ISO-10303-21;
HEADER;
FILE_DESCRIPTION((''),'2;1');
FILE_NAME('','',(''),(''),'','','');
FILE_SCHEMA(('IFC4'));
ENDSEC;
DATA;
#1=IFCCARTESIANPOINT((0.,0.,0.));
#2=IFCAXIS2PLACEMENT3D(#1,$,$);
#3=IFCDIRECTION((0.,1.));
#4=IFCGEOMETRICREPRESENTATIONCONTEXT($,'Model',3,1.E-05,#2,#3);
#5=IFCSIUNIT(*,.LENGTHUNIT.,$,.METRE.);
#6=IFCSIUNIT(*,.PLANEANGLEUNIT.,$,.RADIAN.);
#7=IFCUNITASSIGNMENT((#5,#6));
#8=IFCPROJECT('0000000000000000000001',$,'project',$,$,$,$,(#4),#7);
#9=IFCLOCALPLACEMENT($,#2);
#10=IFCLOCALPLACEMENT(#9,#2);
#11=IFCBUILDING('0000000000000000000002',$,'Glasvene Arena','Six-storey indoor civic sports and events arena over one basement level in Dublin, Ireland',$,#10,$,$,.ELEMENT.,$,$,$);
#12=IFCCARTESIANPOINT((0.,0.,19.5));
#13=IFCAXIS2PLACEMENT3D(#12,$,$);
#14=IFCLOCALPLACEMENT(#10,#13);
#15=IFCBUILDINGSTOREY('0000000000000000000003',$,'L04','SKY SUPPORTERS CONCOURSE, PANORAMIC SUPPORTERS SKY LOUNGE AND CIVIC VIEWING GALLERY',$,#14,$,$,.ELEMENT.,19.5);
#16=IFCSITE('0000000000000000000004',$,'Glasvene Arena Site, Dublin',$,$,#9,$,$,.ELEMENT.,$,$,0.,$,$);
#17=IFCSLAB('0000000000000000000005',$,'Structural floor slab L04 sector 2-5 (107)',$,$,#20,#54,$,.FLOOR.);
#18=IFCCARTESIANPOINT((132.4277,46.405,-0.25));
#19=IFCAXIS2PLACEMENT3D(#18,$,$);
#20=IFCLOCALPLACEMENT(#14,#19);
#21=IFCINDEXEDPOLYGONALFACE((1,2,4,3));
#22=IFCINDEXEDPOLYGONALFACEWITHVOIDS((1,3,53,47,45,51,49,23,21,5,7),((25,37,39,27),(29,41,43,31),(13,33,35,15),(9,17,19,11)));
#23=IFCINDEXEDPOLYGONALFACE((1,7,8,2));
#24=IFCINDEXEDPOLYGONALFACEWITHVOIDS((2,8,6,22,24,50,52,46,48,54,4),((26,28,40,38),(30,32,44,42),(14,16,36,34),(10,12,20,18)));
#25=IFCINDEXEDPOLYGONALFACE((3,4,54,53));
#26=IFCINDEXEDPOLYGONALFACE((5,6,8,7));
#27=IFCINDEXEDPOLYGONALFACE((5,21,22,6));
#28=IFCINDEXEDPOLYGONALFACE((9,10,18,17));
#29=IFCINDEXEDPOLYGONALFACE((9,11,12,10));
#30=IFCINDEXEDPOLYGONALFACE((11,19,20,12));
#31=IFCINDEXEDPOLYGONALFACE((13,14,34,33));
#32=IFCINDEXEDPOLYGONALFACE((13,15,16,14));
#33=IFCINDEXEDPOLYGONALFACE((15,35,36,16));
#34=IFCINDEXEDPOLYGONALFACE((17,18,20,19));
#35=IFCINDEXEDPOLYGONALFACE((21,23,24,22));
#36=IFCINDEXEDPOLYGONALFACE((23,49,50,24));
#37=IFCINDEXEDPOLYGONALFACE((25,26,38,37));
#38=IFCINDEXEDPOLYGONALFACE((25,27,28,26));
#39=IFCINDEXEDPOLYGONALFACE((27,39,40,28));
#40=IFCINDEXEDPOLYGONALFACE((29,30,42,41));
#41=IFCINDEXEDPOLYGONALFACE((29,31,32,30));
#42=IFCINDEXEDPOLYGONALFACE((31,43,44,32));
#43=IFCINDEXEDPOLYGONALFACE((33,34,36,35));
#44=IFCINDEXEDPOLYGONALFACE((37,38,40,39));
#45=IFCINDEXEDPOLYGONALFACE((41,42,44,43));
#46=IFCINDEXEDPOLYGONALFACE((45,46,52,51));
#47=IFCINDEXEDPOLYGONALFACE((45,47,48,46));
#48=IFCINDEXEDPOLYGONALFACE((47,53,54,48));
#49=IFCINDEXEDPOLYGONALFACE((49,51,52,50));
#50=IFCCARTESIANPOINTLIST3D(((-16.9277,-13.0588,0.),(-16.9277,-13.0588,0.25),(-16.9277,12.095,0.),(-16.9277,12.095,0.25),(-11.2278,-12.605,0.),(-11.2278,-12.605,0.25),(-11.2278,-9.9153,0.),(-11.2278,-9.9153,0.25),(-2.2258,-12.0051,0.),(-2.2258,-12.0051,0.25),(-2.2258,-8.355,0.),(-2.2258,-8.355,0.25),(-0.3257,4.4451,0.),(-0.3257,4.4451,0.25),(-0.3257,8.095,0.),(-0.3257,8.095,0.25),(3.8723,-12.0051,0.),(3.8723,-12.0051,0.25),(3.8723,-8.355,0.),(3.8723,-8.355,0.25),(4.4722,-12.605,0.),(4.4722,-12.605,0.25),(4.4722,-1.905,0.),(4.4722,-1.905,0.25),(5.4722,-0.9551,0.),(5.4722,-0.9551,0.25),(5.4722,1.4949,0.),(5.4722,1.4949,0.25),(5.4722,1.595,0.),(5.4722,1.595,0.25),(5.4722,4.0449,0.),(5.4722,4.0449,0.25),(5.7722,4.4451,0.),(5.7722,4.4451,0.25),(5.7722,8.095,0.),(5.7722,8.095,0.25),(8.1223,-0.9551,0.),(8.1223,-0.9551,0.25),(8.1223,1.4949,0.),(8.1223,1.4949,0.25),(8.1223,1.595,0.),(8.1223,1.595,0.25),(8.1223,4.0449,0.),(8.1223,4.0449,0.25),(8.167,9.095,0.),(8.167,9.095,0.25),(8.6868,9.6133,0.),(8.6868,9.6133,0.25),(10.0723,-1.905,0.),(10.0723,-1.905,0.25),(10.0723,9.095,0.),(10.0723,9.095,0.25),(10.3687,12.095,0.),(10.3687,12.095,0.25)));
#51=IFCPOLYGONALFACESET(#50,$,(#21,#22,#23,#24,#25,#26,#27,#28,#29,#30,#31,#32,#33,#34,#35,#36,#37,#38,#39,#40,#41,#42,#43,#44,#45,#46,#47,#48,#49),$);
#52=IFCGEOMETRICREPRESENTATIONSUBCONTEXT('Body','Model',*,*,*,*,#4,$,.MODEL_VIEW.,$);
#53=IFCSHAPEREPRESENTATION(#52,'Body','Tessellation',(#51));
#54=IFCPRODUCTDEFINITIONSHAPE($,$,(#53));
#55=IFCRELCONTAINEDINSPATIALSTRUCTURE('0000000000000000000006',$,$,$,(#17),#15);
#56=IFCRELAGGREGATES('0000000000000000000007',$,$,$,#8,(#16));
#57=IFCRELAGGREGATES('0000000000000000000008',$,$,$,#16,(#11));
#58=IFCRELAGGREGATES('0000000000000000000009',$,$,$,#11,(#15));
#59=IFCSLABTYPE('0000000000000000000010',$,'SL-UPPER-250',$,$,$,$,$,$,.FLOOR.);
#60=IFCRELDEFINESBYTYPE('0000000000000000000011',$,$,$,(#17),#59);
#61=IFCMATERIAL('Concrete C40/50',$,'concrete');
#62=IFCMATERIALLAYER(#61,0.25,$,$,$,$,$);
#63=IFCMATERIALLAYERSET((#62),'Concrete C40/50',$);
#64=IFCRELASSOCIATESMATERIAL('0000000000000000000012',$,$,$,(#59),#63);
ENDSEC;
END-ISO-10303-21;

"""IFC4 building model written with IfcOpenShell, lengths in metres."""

from ifc_helpers import new_model, si_unit, direction, frame, origin, place, context, subcontext, project, spatial, polyline, outline, extrude, material, layer, layer_set, type_object, element, save


model = new_model("IFC4")

# Units and contexts
model_context = context("Model", 3, precision=1e-05, world=origin(), true_north=direction((0.0, 1.0)))
body_context = subcontext(model_context, "Body", "Model", "MODEL_VIEW")
ifc_project = project(units=[si_unit("LENGTHUNIT", "METRE"), si_unit("PLANEANGLEUNIT", "RADIAN")], contexts=[model_context])

# Site, building, storey
site_placement = place(None, origin())
site = spatial("IfcSite", under=ifc_project, at=site_placement, Name="Glasvene Arena Site, Dublin", CompositionType="ELEMENT", RefElevation=0.0)
building_placement = place(site_placement, origin())
building = spatial("IfcBuilding", under=site, at=building_placement, Name="Glasvene Arena", Description="Six-storey indoor civic sports and events arena over one basement level in Dublin, Ireland", CompositionType="ELEMENT")
storey_placement = place(building_placement, frame((0.0, 0.0, 19.5)))
storey = spatial("IfcBuildingStorey", under=building, at=storey_placement, Name="L04", Description="SKY SUPPORTERS CONCOURSE, PANORAMIC SUPPORTERS SKY LOUNGE AND CIVIC VIEWING GALLERY", CompositionType="ELEMENT", Elevation=19.5)

# Slab
ifc_material_1 = material(Name="Concrete C40/50", Category="concrete")
ifc_layer_1 = layer(ifc_material_1, 0.25)
ifc_layer_set_1 = layer_set([ifc_layer_1], Name="Concrete C40/50")
slab_type = type_object("IfcSlabType", Name="SL-UPPER-250", PredefinedType="FLOOR", material=ifc_layer_set_1)
slab_placement = place(storey_placement, frame((132.4277, 46.405, -0.25)))
element("IfcSlab", 1, at=slab_placement, inside=storey, type_object=slab_type, Name="Structural floor slab L04 sector 2-5 (107)", PredefinedType="FLOOR", context=body_context, shape_type="SweptSolid", body=[
    extrude(outline(polyline([(8.167, 9.095), (10.0723, 9.095), (10.0723, -1.905), (4.4722, -1.905), (4.4722, -12.605), (-11.2278, -12.605), (-11.2278, -9.9153), (-16.9277, -13.0588), (-16.9277, 12.095), (10.3687, 12.095), (8.6868, 9.6133), (8.167, 9.095)]), holes=[polyline([(3.8723, -8.355), (-2.2258, -8.355), (-2.2258, -12.0051), (3.8723, -12.0051), (3.8723, -8.355)]), polyline([(8.1223, -0.9551), (8.1223, 1.4949), (5.4722, 1.4949), (5.4722, -0.9551), (8.1223, -0.9551)]), polyline([(8.1223, 1.595), (8.1223, 4.0449), (5.4722, 4.0449), (5.4722, 1.595), (8.1223, 1.595)]), polyline([(5.7722, 8.095), (-0.3257, 8.095), (-0.3257, 4.4451), (5.7722, 4.4451), (5.7722, 8.095)])]), origin(), (0.0, 0.0, 1.0), 0.25),
])

save(model, "model.ifc")
